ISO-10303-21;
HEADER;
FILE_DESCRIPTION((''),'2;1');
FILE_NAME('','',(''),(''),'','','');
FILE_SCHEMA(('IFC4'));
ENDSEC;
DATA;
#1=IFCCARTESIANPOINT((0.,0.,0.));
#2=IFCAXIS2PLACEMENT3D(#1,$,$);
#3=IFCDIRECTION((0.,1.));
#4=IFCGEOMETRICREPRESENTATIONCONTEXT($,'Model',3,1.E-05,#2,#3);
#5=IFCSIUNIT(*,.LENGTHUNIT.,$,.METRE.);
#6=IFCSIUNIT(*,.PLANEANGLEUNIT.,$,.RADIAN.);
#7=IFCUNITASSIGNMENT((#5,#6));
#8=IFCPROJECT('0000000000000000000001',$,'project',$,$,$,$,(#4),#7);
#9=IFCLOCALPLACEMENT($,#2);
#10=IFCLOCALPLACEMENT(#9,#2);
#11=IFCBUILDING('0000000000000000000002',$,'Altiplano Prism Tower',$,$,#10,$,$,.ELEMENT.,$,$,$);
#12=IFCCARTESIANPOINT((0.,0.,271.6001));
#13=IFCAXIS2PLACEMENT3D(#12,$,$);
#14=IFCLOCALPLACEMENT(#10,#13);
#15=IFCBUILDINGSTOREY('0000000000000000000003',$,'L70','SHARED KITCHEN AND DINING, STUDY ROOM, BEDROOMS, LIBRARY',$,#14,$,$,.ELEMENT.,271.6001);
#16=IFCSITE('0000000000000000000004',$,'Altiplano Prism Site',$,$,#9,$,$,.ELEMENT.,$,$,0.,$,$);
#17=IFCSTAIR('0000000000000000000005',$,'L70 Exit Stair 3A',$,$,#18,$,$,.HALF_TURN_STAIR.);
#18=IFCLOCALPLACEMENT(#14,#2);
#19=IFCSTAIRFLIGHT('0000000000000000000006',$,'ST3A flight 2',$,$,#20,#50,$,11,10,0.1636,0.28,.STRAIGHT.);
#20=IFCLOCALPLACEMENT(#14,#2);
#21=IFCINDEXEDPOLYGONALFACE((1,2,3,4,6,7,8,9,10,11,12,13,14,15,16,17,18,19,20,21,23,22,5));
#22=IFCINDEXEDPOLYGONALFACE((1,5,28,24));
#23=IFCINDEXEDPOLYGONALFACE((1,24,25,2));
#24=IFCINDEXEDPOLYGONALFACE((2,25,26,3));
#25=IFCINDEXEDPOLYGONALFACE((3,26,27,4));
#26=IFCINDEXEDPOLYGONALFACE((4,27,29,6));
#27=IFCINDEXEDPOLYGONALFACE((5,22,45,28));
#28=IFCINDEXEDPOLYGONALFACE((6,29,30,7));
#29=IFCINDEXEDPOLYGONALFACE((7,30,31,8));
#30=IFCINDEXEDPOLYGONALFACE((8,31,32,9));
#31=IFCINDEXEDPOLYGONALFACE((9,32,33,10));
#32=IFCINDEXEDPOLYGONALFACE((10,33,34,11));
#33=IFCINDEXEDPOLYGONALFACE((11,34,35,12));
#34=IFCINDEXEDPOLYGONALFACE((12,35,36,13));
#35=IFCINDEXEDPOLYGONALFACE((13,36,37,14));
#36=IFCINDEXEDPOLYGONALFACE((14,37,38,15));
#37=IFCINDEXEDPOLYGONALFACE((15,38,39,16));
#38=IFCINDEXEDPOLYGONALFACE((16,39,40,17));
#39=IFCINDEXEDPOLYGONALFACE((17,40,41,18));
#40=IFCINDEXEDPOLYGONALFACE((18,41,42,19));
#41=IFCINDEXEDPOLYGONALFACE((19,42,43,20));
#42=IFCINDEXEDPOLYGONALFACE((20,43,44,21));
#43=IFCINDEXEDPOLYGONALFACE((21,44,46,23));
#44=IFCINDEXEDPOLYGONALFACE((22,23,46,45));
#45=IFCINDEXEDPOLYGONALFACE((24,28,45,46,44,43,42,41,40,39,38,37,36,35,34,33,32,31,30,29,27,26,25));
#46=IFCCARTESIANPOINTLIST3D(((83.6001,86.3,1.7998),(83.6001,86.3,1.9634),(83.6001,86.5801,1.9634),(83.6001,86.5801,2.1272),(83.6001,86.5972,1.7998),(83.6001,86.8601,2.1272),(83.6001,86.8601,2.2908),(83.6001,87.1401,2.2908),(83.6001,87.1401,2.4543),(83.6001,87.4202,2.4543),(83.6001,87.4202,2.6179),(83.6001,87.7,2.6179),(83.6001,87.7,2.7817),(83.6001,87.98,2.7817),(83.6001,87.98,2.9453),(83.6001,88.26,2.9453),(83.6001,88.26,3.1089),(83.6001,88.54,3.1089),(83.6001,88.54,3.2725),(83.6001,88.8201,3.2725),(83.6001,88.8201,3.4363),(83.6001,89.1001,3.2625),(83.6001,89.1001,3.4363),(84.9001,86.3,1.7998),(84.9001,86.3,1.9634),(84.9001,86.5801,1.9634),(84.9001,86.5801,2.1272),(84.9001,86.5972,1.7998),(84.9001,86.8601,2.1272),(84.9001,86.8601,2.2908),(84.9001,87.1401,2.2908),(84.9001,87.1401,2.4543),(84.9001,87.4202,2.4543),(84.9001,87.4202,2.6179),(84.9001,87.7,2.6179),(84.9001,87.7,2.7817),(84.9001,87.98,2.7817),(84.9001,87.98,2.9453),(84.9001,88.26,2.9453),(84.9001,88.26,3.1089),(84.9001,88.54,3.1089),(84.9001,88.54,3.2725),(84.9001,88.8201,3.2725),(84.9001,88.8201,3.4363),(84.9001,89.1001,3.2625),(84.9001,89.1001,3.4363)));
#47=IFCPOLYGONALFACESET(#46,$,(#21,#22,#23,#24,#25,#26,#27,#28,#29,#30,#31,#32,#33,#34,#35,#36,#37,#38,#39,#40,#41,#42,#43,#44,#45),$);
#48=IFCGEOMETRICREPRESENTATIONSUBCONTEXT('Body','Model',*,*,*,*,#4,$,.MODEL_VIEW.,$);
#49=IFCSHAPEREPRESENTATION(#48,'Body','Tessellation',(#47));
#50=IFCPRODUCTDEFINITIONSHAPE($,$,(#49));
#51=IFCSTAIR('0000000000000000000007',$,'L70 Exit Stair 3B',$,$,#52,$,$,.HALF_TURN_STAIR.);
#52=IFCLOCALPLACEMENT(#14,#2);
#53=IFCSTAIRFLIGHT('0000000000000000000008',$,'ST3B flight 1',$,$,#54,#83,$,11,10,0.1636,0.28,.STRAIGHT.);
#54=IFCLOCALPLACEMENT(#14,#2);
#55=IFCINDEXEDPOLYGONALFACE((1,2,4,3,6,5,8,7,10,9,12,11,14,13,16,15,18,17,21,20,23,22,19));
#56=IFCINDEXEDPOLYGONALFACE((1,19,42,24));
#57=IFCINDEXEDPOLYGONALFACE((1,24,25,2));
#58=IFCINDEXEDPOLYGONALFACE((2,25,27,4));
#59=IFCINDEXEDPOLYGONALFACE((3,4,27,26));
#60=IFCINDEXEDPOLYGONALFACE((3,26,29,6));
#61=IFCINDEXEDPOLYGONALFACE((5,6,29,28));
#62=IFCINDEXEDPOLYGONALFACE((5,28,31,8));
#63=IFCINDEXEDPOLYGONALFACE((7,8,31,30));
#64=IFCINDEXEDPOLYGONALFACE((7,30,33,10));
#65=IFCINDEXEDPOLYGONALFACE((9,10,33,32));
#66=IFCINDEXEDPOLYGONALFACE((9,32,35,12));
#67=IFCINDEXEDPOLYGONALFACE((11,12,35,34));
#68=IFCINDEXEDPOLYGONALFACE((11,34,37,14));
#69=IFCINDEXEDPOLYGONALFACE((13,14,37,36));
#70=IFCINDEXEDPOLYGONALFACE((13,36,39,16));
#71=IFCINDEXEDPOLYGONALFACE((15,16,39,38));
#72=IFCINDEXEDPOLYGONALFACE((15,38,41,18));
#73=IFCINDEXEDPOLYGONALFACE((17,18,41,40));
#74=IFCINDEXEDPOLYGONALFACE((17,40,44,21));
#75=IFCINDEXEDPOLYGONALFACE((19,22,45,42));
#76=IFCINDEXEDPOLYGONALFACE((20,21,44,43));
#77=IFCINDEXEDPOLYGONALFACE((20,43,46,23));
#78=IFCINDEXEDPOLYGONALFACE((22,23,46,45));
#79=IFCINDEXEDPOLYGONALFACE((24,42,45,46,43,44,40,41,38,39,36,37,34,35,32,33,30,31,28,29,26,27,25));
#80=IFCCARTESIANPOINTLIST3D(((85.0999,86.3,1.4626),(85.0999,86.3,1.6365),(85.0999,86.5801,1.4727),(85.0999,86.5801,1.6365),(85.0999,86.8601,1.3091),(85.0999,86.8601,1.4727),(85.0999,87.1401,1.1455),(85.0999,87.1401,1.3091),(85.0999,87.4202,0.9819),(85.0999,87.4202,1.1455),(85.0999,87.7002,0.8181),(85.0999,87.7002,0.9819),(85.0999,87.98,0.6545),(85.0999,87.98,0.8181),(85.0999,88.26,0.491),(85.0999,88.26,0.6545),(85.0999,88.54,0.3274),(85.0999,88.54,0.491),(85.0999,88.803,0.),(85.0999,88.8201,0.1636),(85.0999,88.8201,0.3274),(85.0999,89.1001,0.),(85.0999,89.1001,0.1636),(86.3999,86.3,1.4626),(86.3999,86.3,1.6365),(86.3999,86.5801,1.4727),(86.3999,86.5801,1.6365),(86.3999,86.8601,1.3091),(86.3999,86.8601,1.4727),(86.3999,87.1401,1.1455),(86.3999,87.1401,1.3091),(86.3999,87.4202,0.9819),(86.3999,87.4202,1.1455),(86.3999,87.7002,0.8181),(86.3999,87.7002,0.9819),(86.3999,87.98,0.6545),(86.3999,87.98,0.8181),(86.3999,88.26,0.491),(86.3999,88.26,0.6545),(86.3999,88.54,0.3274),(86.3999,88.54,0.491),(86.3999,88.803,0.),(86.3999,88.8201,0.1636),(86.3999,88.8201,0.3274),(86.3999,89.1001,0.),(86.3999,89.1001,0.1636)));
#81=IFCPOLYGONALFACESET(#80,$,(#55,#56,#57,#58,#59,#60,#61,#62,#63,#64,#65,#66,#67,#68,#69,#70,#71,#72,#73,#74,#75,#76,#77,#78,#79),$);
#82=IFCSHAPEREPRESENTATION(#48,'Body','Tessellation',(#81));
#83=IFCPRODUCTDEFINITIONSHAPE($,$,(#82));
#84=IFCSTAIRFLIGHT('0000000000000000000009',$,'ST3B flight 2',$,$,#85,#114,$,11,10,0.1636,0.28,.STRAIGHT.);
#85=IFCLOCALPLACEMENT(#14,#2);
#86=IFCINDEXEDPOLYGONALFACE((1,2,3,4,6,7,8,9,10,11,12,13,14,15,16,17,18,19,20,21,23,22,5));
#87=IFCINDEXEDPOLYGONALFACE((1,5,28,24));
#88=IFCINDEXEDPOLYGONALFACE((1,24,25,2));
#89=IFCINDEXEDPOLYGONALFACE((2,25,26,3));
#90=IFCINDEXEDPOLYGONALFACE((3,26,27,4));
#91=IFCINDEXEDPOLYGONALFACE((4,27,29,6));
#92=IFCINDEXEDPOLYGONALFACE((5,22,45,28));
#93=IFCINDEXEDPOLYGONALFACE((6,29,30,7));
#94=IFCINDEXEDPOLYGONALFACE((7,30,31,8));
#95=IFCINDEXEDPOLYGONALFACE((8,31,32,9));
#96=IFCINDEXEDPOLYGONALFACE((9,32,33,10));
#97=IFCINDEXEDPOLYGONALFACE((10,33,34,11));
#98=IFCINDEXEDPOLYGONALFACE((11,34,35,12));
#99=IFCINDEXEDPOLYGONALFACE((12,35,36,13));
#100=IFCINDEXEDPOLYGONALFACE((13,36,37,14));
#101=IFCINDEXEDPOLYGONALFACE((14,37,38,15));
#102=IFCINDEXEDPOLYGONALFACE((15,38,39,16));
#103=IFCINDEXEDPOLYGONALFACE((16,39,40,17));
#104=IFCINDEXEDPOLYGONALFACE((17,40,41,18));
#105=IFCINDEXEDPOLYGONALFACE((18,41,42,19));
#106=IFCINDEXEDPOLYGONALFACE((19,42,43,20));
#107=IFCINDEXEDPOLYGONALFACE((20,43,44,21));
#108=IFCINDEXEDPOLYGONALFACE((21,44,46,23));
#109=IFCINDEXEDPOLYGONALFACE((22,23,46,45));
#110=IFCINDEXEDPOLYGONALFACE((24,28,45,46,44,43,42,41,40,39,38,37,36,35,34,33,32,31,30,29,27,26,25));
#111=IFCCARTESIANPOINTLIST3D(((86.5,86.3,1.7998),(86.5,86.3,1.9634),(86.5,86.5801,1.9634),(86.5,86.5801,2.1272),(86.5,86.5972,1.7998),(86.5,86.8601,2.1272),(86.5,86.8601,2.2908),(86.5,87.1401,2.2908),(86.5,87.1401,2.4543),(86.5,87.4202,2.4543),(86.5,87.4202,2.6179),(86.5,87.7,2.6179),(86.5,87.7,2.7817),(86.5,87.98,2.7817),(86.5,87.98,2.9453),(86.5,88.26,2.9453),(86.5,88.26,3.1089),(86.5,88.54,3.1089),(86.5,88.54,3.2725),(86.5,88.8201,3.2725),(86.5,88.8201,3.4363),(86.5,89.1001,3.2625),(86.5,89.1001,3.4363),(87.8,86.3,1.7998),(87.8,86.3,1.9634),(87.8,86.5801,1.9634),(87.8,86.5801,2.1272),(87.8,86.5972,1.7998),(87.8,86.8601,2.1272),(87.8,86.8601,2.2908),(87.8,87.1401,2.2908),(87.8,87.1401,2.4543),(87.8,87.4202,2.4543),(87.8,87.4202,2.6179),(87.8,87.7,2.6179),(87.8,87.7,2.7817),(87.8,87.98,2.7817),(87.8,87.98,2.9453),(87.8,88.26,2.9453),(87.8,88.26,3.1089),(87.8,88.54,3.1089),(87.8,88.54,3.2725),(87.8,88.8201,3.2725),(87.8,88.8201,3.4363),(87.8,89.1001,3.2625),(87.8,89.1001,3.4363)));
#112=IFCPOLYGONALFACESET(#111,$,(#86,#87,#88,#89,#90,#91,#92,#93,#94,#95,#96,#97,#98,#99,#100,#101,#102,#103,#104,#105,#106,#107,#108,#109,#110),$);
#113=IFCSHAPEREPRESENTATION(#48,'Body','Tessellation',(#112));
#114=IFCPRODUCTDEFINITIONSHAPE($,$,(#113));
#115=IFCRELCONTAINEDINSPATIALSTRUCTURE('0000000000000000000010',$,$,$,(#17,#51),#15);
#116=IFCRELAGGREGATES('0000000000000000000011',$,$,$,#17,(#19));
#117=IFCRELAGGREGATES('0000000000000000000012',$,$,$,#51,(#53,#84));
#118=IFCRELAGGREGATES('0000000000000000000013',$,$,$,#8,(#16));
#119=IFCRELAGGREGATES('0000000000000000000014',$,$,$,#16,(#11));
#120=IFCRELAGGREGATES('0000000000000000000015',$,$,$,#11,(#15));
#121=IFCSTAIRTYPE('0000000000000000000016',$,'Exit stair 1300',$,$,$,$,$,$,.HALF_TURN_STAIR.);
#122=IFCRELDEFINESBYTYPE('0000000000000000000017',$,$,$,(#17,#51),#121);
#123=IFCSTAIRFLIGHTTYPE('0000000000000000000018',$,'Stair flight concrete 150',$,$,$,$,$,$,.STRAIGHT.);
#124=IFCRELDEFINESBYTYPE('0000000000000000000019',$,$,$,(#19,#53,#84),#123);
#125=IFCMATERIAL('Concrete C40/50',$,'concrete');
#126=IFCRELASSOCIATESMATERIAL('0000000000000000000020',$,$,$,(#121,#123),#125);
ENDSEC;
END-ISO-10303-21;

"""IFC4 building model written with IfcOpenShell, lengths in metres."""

from ifc_helpers import new_model, si_unit, direction, frame, origin, place, context, subcontext, project, spatial, polyline, outline, extrude, material, type_object, element, aggregate, save


model = new_model("IFC4")

# Units and contexts
model_context = context("Model", 3, precision=1e-05, world=origin(), true_north=direction((0.0, 1.0)))
body_context = subcontext(model_context, "Body", "Model", "MODEL_VIEW")
ifc_project = project(units=[si_unit("LENGTHUNIT", "METRE"), si_unit("PLANEANGLEUNIT", "RADIAN")], contexts=[model_context])

# Site, building, storey
site_placement = place(None, origin())
site = spatial("IfcSite", under=ifc_project, at=site_placement, Name="Altiplano Prism Site", CompositionType="ELEMENT", RefElevation=0.0)
building_placement = place(site_placement, origin())
building = spatial("IfcBuilding", under=site, at=building_placement, Name="Altiplano Prism Tower", CompositionType="ELEMENT")
storey_placement = place(building_placement, frame((0.0, 0.0, 271.6001)))
storey = spatial("IfcBuildingStorey", under=building, at=storey_placement, Name="L70", Description="SHARED KITCHEN AND DINING, STUDY ROOM, BEDROOMS, LIBRARY", CompositionType="ELEMENT", Elevation=271.6001)

# Stairs, stair flights
ifc_material_1 = material(Name="Concrete C40/50", Category="concrete")
stair_type = type_object("IfcStairType", Name="Exit stair 1300", PredefinedType="HALF_TURN_STAIR", material=ifc_material_1)
stair_1_placement = place(storey_placement, origin())
stair_1 = element("IfcStair", 1, at=stair_1_placement, inside=storey, type_object=stair_type, Name="L70 Exit Stair 3A", PredefinedType="HALF_TURN_STAIR")
stair_flight_type = type_object("IfcStairFlightType", Name="Stair flight concrete 150", PredefinedType="STRAIGHT", material=ifc_material_1)
stair_flight_1_placement = place(storey_placement, frame((84.25, 86.3, 1.7998), z_axis=(0.0, 0.0, 1.0), x_axis=(0.0, 1.0, 0.0)))
stair_flight_1 = element("IfcStairFlight", 2, at=stair_flight_1_placement, type_object=stair_flight_type, Name="ST3A flight 2", NumberOfRisers=11, NumberOfTreads=10, PredefinedType="STRAIGHT", RiserHeight=0.1636, TreadLength=0.28, context=body_context, shape_type="SweptSolid", body=[
    extrude(outline(polyline([(0.0, 0.0), (0.0, 0.1636), (0.28, 0.1636), (0.28, 0.3274), (0.5601, 0.3274), (0.5601, 0.491), (0.8401, 0.491), (0.8401, 0.6545), (1.1201, 0.6545), (1.1201, 0.8181), (1.3999, 0.8181), (1.3999, 0.9819), (1.6799, 0.9819), (1.6799, 1.1455), (1.96, 1.1455), (1.96, 1.3091), (2.24, 1.3091), (2.24, 1.4727), (2.52, 1.4727), (2.52, 1.6365), (2.8, 1.6365), (2.8, 1.8), (2.8, 1.4626), (0.2971, 0.0), (0.0, 0.0)])), frame((0.0, 0.6499, 0.0), z_axis=(0.0, -1.0, 0.0), x_axis=(1.0, 0.0, 0.0)), (0.0, 0.0, 1.0), 1.3),
])
aggregate(stair_1, [stair_flight_1])
stair_2_placement = place(storey_placement, origin())
stair_2 = element("IfcStair", 3, at=stair_2_placement, inside=storey, type_object=stair_type, Name="L70 Exit Stair 3B", PredefinedType="HALF_TURN_STAIR")
stair_flight_2_placement = place(storey_placement, frame((85.75, 89.1001, 0.0), z_axis=(0.0, 0.0, 1.0), x_axis=(0.0, -1.0, 0.0)))
stair_flight_2 = element("IfcStairFlight", 4, at=stair_flight_2_placement, type_object=stair_flight_type, Name="ST3B flight 1", NumberOfRisers=11, NumberOfTreads=10, PredefinedType="STRAIGHT", RiserHeight=0.1636, TreadLength=0.28, context=body_context, shape_type="SweptSolid", body=[
    extrude(outline(polyline([(0.0, 0.0), (0.0, 0.1636), (0.28, 0.1636), (0.28, 0.3274), (0.5601, 0.3274), (0.5601, 0.491), (0.8401, 0.491), (0.8401, 0.6545), (1.1201, 0.6545), (1.1201, 0.8181), (1.3999, 0.8181), (1.3999, 0.9819), (1.6799, 0.9819), (1.6799, 1.1455), (1.96, 1.1455), (1.96, 1.3091), (2.24, 1.3091), (2.24, 1.4727), (2.52, 1.4727), (2.52, 1.6365), (2.8, 1.6365), (2.8, 1.8), (2.8, 1.4626), (0.2971, 0.0), (0.0, 0.0)])), frame((0.0, 0.6499, 0.0), z_axis=(0.0, -1.0, 0.0), x_axis=(1.0, 0.0, 0.0)), (0.0, 0.0, 1.0), 1.3),
])
stair_flight_3_placement = place(storey_placement, frame((87.1499, 86.3, 1.7998), z_axis=(0.0, 0.0, 1.0), x_axis=(0.0, 1.0, 0.0)))
stair_flight_3 = element("IfcStairFlight", 5, at=stair_flight_3_placement, type_object=stair_flight_type, Name="ST3B flight 2", NumberOfRisers=11, NumberOfTreads=10, PredefinedType="STRAIGHT", RiserHeight=0.1636, TreadLength=0.28, context=body_context, shape_type="SweptSolid", body=[
    extrude(outline(polyline([(0.0, 0.0), (0.0, 0.1636), (0.28, 0.1636), (0.28, 0.3274), (0.5601, 0.3274), (0.5601, 0.491), (0.8401, 0.491), (0.8401, 0.6545), (1.1201, 0.6545), (1.1201, 0.8181), (1.3999, 0.8181), (1.3999, 0.9819), (1.6799, 0.9819), (1.6799, 1.1455), (1.96, 1.1455), (1.96, 1.3091), (2.24, 1.3091), (2.24, 1.4727), (2.52, 1.4727), (2.52, 1.6365), (2.8, 1.6365), (2.8, 1.8), (2.8, 1.4626), (0.2971, 0.0), (0.0, 0.0)])), frame((0.0, 0.6499, 0.0), z_axis=(0.0, -1.0, 0.0), x_axis=(1.0, 0.0, 0.0)), (0.0, 0.0, 1.0), 1.3),
])
aggregate(stair_2, [stair_flight_2, stair_flight_3])

save(model, "model.ifc")
